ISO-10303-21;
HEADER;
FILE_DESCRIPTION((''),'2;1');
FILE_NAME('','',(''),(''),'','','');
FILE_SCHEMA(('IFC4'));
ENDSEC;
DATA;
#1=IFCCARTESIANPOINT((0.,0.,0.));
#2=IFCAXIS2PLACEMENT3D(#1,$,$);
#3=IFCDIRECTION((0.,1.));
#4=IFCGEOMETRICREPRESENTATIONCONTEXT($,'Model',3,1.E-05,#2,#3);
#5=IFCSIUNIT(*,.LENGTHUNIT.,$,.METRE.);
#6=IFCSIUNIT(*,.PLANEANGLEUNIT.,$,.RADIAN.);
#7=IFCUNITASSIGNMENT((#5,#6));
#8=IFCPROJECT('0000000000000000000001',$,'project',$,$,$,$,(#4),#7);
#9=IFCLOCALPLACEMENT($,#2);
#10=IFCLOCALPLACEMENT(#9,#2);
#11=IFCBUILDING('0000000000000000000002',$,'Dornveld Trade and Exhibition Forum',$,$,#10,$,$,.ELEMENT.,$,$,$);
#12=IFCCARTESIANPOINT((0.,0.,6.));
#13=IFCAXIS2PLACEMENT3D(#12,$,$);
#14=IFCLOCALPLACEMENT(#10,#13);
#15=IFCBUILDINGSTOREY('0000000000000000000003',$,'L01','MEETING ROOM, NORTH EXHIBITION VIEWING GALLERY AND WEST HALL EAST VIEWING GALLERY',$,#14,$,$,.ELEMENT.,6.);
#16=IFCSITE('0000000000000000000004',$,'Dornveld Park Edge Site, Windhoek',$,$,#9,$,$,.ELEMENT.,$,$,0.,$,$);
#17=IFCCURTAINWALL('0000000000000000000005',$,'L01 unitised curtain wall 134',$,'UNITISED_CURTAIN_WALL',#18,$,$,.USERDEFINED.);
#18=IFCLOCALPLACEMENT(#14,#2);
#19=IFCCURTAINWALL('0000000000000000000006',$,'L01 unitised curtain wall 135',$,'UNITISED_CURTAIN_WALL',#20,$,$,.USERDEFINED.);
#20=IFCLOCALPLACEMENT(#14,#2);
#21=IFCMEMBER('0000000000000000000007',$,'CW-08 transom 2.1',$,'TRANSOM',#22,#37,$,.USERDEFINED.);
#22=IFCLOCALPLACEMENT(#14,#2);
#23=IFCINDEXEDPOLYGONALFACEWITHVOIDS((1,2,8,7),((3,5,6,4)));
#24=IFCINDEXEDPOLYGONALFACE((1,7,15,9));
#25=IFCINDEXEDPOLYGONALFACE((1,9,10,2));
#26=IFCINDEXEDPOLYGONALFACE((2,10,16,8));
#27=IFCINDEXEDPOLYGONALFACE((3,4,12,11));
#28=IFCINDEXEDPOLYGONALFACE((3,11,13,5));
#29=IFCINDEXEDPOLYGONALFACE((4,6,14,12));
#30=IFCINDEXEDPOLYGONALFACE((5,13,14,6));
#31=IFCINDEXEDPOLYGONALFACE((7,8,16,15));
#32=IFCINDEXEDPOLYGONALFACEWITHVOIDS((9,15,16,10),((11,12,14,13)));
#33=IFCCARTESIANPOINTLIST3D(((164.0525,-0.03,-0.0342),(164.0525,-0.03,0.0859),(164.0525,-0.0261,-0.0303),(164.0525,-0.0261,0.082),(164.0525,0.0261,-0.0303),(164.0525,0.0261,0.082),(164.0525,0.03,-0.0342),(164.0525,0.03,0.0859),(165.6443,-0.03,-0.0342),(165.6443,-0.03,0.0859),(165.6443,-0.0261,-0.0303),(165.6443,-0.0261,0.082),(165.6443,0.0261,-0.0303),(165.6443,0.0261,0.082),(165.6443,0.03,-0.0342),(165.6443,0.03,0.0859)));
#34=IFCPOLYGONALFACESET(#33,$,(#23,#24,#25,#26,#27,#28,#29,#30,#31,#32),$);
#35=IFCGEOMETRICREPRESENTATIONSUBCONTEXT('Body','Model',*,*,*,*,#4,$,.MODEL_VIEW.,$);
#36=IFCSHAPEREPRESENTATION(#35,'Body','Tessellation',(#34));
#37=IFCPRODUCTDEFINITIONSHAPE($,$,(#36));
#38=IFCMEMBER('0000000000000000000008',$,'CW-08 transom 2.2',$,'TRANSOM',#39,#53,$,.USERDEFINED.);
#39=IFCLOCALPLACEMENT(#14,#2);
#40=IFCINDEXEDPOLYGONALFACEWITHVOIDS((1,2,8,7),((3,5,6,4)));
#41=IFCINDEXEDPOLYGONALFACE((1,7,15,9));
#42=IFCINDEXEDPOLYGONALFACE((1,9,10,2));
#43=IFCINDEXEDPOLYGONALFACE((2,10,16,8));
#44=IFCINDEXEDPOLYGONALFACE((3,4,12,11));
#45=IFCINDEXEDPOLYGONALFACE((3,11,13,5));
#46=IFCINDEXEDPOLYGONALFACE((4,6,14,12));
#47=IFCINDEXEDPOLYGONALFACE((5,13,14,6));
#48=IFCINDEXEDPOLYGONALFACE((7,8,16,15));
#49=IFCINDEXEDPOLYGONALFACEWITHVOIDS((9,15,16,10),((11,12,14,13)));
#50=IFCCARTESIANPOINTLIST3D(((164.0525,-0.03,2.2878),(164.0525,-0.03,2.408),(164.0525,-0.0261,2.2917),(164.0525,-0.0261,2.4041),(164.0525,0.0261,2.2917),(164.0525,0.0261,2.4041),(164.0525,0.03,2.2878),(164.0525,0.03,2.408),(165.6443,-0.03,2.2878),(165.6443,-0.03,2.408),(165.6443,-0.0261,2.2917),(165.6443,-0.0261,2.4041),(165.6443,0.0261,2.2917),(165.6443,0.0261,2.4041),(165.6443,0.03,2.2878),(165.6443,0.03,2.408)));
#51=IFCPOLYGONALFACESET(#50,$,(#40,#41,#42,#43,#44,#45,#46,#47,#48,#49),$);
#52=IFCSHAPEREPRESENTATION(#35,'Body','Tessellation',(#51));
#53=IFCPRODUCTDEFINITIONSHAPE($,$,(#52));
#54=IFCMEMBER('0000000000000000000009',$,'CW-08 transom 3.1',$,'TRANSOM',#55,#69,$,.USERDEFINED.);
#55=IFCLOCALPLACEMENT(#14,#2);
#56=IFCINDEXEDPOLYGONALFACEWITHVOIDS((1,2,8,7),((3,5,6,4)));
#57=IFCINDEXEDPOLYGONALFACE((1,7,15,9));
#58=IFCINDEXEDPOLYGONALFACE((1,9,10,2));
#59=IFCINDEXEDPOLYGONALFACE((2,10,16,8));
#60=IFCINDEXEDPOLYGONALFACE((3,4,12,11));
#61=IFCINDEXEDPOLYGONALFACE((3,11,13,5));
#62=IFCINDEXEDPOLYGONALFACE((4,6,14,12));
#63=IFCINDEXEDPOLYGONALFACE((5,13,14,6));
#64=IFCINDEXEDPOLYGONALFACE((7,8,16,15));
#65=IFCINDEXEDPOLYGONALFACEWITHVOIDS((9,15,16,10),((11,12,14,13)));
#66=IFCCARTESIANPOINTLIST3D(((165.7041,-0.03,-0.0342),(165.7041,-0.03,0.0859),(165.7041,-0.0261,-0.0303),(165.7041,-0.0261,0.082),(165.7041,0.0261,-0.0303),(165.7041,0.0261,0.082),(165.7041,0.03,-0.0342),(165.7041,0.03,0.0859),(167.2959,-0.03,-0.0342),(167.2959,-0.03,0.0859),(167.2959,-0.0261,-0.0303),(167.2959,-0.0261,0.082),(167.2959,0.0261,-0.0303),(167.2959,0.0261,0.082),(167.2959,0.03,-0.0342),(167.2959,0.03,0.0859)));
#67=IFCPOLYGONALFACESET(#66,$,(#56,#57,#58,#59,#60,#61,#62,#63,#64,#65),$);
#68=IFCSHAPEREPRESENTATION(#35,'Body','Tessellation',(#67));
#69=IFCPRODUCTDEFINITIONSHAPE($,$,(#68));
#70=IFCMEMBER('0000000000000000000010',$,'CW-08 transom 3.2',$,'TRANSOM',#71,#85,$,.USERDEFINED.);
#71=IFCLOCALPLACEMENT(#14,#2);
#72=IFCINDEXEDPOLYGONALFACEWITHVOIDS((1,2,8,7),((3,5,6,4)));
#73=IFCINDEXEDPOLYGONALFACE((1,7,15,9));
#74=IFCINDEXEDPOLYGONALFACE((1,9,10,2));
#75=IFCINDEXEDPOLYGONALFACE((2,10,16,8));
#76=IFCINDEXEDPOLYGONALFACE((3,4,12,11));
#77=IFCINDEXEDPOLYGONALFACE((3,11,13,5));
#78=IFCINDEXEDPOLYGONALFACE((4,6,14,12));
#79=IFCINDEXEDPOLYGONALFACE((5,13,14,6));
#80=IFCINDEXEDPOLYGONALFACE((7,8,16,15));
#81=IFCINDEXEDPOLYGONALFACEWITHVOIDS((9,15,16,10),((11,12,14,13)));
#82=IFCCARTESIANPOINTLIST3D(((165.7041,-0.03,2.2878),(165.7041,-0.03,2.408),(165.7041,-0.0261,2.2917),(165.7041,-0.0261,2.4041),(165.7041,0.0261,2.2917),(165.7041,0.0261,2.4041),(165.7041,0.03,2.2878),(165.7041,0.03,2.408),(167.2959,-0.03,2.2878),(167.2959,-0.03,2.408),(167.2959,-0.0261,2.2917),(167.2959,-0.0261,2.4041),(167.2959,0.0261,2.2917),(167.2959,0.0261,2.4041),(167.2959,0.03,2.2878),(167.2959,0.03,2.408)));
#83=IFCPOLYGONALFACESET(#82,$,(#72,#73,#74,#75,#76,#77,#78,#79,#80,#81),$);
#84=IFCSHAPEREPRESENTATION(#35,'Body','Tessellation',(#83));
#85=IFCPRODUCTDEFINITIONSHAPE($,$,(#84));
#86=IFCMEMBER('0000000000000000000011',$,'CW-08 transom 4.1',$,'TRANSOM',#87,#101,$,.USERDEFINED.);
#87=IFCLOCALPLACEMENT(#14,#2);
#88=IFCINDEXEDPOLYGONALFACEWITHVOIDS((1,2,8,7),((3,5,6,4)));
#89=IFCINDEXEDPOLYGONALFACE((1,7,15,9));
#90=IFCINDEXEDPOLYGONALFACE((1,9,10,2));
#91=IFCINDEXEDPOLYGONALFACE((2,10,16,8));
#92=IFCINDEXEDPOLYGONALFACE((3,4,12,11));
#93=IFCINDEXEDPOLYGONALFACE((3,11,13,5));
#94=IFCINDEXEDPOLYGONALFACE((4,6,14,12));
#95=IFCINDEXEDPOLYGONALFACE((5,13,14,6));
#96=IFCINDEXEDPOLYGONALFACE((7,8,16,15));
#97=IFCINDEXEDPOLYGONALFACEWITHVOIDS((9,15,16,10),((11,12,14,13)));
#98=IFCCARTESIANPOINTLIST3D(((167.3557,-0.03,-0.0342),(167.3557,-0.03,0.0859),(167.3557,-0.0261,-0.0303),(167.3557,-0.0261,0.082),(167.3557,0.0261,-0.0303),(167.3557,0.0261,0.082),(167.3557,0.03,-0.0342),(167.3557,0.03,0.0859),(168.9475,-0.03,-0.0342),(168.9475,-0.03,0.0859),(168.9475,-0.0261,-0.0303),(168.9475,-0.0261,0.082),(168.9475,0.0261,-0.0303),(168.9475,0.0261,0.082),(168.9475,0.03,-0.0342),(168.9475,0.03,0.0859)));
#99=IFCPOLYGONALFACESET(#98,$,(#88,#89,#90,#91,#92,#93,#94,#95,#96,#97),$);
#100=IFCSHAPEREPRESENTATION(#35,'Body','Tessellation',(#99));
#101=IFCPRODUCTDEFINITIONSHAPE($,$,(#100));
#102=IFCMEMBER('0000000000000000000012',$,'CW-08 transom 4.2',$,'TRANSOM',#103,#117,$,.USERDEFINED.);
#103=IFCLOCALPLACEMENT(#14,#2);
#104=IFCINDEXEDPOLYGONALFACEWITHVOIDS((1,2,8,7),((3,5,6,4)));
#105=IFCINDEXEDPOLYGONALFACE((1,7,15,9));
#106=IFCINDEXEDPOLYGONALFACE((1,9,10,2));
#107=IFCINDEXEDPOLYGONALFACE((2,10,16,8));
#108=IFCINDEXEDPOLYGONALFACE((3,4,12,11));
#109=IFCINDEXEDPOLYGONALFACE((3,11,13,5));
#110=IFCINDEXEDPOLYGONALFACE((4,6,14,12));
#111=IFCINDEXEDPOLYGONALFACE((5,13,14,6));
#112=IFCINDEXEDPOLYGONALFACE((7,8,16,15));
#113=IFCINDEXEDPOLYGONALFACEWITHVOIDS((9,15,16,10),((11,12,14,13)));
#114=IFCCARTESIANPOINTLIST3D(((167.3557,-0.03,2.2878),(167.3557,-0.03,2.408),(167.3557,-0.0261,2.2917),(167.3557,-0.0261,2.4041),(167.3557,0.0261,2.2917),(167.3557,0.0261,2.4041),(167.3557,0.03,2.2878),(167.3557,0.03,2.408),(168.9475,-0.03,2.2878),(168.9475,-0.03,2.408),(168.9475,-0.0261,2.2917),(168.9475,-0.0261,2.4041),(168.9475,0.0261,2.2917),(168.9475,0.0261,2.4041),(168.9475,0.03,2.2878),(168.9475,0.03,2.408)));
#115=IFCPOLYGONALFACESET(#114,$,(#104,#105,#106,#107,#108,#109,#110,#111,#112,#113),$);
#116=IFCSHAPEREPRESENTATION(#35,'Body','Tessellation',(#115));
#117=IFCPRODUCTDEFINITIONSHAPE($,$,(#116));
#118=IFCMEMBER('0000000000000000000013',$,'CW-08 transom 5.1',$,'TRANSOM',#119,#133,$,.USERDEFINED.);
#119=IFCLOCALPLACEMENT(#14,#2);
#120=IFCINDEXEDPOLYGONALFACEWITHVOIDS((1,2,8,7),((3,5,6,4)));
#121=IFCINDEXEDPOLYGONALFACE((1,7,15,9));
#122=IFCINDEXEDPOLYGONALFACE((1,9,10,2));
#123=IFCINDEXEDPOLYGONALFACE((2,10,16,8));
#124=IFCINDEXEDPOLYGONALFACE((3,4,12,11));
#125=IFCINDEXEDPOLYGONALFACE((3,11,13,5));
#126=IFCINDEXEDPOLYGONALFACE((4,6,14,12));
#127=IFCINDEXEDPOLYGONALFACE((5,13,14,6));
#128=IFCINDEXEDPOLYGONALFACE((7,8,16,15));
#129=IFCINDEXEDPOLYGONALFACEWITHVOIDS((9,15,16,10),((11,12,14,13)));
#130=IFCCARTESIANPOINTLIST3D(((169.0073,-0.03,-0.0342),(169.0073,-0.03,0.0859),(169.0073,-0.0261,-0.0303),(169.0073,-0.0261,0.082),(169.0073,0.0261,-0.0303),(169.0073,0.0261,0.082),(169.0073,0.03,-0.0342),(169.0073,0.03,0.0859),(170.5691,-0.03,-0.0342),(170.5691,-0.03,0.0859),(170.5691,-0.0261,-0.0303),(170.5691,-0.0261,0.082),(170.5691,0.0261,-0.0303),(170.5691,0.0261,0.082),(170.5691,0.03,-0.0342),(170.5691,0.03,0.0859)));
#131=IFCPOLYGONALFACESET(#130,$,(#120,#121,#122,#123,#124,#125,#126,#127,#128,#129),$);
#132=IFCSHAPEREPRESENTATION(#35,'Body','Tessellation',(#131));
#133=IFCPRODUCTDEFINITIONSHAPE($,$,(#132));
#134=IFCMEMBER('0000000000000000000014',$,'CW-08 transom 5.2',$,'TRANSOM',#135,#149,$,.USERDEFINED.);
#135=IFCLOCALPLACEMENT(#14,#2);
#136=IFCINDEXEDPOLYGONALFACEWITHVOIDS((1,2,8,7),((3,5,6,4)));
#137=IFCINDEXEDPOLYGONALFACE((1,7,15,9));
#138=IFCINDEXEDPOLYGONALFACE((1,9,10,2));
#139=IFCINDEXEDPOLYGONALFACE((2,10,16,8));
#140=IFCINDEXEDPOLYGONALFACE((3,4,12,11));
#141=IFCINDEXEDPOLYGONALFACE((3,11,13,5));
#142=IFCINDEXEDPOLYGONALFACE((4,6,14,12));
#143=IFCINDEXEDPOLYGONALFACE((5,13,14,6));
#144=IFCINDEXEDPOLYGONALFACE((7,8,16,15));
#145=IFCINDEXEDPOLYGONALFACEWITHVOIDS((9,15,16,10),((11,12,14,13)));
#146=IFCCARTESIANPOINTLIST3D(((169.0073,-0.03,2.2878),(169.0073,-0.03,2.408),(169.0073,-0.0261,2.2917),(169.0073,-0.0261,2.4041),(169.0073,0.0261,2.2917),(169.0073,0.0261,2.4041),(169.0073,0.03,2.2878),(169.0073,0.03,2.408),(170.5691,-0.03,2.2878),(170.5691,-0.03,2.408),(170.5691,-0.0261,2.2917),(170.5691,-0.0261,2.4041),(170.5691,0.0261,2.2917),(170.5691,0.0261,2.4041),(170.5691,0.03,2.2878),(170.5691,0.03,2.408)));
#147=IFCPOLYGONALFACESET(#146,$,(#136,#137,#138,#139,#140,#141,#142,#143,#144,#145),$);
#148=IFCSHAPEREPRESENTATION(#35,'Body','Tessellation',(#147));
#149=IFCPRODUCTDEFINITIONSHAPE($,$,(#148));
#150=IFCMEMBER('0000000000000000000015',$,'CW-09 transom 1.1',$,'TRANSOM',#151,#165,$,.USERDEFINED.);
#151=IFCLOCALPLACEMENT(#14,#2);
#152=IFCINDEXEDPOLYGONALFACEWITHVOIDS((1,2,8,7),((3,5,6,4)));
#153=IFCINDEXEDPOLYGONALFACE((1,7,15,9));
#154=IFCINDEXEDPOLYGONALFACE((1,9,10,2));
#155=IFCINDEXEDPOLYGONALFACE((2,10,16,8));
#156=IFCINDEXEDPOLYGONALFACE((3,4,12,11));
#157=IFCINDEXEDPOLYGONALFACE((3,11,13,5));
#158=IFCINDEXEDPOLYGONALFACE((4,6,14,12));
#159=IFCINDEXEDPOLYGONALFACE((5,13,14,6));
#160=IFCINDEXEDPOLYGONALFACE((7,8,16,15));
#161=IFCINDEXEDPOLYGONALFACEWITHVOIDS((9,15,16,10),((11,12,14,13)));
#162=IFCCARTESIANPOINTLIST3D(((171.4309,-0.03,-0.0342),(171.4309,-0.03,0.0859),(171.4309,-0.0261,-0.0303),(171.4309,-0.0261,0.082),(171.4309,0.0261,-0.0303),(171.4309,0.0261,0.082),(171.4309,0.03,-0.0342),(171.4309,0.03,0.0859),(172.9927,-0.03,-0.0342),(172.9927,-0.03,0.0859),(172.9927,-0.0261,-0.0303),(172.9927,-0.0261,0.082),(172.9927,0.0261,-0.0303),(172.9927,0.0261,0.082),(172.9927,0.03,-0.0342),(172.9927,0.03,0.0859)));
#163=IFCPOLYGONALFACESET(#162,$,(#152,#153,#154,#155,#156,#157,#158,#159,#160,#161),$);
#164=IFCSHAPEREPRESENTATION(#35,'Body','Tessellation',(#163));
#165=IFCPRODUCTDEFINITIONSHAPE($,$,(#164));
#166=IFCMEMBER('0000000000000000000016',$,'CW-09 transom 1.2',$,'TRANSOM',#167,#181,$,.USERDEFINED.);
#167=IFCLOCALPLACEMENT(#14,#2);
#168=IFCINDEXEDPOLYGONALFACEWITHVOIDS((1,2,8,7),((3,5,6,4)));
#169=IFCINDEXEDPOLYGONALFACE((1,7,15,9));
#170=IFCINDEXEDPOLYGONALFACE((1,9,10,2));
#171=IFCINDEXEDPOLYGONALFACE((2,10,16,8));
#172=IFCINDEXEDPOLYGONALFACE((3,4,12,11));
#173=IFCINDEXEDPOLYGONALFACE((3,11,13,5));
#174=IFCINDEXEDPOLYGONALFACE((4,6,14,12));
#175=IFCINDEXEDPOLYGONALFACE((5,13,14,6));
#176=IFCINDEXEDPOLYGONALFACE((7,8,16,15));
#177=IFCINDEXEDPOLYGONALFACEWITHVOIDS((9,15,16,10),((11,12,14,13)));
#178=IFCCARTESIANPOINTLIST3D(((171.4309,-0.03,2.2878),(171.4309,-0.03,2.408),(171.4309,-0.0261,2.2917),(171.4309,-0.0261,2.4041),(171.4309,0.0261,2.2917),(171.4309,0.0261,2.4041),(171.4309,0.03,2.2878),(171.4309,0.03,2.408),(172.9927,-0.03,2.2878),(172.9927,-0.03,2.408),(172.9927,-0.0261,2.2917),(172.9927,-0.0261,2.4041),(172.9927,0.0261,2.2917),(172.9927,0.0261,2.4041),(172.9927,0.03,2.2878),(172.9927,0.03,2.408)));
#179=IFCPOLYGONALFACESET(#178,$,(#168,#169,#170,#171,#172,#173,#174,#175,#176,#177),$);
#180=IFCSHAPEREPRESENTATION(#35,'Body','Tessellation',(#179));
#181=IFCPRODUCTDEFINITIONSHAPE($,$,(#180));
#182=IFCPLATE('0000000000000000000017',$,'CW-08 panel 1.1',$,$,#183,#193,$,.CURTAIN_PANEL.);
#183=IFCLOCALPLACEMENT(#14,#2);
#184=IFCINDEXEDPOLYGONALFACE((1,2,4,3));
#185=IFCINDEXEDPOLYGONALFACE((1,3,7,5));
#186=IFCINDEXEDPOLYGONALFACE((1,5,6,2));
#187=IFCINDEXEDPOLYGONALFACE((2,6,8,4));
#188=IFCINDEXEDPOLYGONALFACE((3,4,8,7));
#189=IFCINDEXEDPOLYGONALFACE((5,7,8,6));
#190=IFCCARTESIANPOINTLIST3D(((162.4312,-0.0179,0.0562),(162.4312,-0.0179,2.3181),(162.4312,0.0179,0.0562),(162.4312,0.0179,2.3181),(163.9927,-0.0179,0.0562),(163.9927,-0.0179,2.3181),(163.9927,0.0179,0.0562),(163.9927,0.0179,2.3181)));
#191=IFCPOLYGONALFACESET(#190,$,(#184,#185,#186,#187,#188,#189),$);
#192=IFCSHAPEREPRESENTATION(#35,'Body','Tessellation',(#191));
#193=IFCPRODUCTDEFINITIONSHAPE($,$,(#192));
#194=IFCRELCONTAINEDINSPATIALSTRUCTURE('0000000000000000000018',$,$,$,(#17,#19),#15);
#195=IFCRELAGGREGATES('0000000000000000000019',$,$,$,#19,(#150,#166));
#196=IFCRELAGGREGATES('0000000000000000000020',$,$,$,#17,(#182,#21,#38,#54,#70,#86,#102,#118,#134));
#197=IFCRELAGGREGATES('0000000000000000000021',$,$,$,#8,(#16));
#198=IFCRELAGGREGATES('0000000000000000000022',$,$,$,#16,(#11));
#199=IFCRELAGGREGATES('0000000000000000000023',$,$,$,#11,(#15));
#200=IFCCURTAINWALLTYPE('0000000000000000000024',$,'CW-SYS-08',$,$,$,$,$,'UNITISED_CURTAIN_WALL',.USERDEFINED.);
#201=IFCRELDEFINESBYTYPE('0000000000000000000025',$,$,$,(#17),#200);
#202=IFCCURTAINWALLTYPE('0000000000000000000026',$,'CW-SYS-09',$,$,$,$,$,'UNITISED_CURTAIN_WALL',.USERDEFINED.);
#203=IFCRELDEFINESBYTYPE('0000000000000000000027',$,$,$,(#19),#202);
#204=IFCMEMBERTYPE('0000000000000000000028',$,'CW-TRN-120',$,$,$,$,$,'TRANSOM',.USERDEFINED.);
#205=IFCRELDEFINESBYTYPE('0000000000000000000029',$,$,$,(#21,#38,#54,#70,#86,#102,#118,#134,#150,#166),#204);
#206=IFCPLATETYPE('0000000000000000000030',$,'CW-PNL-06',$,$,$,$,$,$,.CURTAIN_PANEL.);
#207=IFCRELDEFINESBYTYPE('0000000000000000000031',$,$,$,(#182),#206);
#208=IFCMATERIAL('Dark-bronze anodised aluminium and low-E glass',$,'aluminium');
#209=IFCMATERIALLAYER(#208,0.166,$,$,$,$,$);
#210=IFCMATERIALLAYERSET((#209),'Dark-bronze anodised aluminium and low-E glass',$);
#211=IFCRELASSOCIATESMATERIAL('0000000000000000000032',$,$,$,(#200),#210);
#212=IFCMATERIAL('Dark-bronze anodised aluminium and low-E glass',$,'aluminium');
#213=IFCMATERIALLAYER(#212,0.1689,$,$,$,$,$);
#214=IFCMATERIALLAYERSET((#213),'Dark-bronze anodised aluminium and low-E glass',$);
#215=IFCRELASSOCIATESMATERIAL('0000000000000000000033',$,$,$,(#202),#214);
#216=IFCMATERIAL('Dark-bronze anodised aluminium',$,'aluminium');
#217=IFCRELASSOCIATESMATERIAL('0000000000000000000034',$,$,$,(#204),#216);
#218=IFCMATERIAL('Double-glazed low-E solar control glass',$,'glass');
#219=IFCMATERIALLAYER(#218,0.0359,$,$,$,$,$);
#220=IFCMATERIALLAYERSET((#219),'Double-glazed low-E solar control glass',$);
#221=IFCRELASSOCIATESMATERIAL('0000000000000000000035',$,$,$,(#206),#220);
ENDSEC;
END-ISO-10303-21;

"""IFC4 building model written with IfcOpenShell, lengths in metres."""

from ifc_helpers import new_model, si_unit, direction, frame, origin, origin_2d, place, context, subcontext, project, spatial, rectangle, hollow_rectangle, extrude, material, layer, layer_set, material_profile, profile_set, type_object, element, aggregate, save


model = new_model("IFC4")

# Units and contexts
model_context = context("Model", 3, precision=1e-05, world=origin(), true_north=direction((0.0, 1.0)))
body_context = subcontext(model_context, "Body", "Model", "MODEL_VIEW")
ifc_project = project(units=[si_unit("LENGTHUNIT", "METRE"), si_unit("PLANEANGLEUNIT", "RADIAN")], contexts=[model_context])

# Site, building, storey
site_placement = place(None, origin())
site = spatial("IfcSite", under=ifc_project, at=site_placement, Name="Dornveld Park Edge Site, Windhoek", CompositionType="ELEMENT", RefElevation=0.0)
building_placement = place(site_placement, origin())
building = spatial("IfcBuilding", under=site, at=building_placement, Name="Dornveld Trade and Exhibition Forum", CompositionType="ELEMENT")
storey_placement = place(building_placement, frame((0.0, 0.0, 6.0)))
storey = spatial("IfcBuildingStorey", under=building, at=storey_placement, Name="L01", Description="MEETING ROOM, NORTH EXHIBITION VIEWING GALLERY AND WEST HALL EAST VIEWING GALLERY", CompositionType="ELEMENT", Elevation=6.0)

# Curtain wall
ifc_material_1 = material(Name="Dark-bronze anodised aluminium and low-E glass", Category="aluminium")
ifc_layer_1 = layer(ifc_material_1, 0.166)
ifc_layer_set_1 = layer_set([ifc_layer_1], Name="Dark-bronze anodised aluminium and low-E glass")
curtain_wall_type_1 = type_object("IfcCurtainWallType", Name="CW-SYS-08", ElementType="UNITISED_CURTAIN_WALL", PredefinedType="USERDEFINED", material=ifc_layer_set_1)
curtain_wall_1_placement = place(storey_placement, origin())
curtain_wall_1 = element("IfcCurtainWall", 1, at=curtain_wall_1_placement, inside=storey, type_object=curtain_wall_type_1, Name="L01 unitised curtain wall 134", ObjectType="UNITISED_CURTAIN_WALL", PredefinedType="USERDEFINED")

# Curtain wall
ifc_material_2 = material(Name="Dark-bronze anodised aluminium and low-E glass", Category="aluminium")
ifc_layer_2 = layer(ifc_material_2, 0.1689)
ifc_layer_set_2 = layer_set([ifc_layer_2], Name="Dark-bronze anodised aluminium and low-E glass")
curtain_wall_type_2 = type_object("IfcCurtainWallType", Name="CW-SYS-09", ElementType="UNITISED_CURTAIN_WALL", PredefinedType="USERDEFINED", material=ifc_layer_set_2)
curtain_wall_2_placement = place(storey_placement, origin())
curtain_wall_2 = element("IfcCurtainWall", 2, at=curtain_wall_2_placement, inside=storey, type_object=curtain_wall_type_2, Name="L01 unitised curtain wall 135", ObjectType="UNITISED_CURTAIN_WALL", PredefinedType="USERDEFINED")

# Members
ifc_material_3 = material(Name="Dark-bronze anodised aluminium", Category="aluminium")
ifc_material_profile_1 = material_profile(ifc_material_3, hollow_rectangle(XDim=0.0601, YDim=0.1201, WallThickness=0.0039, at=origin_2d()), Name="RHS 120x60x4")
ifc_profile_set_1 = profile_set([ifc_material_profile_1], Name="Dark-bronze anodised aluminium")
member_type_1 = type_object("IfcMemberType", Name="CW-TRN-120", ElementType="TRANSOM", PredefinedType="USERDEFINED", material=ifc_profile_set_1)
member_1_placement = place(storey_placement, frame((164.0525, 0.0, 0.0259), z_axis=(1.0, 0.0, 0.0), x_axis=(0.0, 1.0, 0.0)))
member_1 = element("IfcMember", 3, at=member_1_placement, type_object=member_type_1, Name="CW-08 transom 2.1", ObjectType="TRANSOM", PredefinedType="USERDEFINED", context=body_context, shape_type="SweptSolid", body=[
    extrude(hollow_rectangle(XDim=0.0601, YDim=0.1201, WallThickness=0.0039, at=origin_2d()), origin(), (0.0, 0.0, 1.0), 1.5918),
])
member_2_placement = place(storey_placement, frame((164.0525, 0.0, 2.3479), z_axis=(1.0, 0.0, 0.0), x_axis=(0.0, 1.0, 0.0)))
member_2 = element("IfcMember", 4, at=member_2_placement, type_object=member_type_1, Name="CW-08 transom 2.2", ObjectType="TRANSOM", PredefinedType="USERDEFINED", context=body_context, shape_type="SweptSolid", body=[
    extrude(hollow_rectangle(XDim=0.0601, YDim=0.1201, WallThickness=0.0039, at=origin_2d()), origin(), (0.0, 0.0, 1.0), 1.5918),
])
member_3_placement = place(storey_placement, frame((165.7041, 0.0, 0.0259), z_axis=(1.0, 0.0, 0.0), x_axis=(0.0, 1.0, 0.0)))
member_3 = element("IfcMember", 5, at=member_3_placement, type_object=member_type_1, Name="CW-08 transom 3.1", ObjectType="TRANSOM", PredefinedType="USERDEFINED", context=body_context, shape_type="SweptSolid", body=[
    extrude(hollow_rectangle(XDim=0.0601, YDim=0.1201, WallThickness=0.0039, at=origin_2d()), origin(), (0.0, 0.0, 1.0), 1.5918),
])
member_4_placement = place(storey_placement, frame((165.7041, 0.0, 2.3479), z_axis=(1.0, 0.0, 0.0), x_axis=(0.0, 1.0, 0.0)))
member_4 = element("IfcMember", 6, at=member_4_placement, type_object=member_type_1, Name="CW-08 transom 3.2", ObjectType="TRANSOM", PredefinedType="USERDEFINED", context=body_context, shape_type="SweptSolid", body=[
    extrude(hollow_rectangle(XDim=0.0601, YDim=0.1201, WallThickness=0.0039, at=origin_2d()), origin(), (0.0, 0.0, 1.0), 1.5918),
])
member_5_placement = place(storey_placement, frame((167.3557, 0.0, 0.0259), z_axis=(1.0, 0.0, 0.0), x_axis=(0.0, 1.0, 0.0)))
member_5 = element("IfcMember", 7, at=member_5_placement, type_object=member_type_1, Name="CW-08 transom 4.1", ObjectType="TRANSOM", PredefinedType="USERDEFINED", context=body_context, shape_type="SweptSolid", body=[
    extrude(hollow_rectangle(XDim=0.0601, YDim=0.1201, WallThickness=0.0039, at=origin_2d()), origin(), (0.0, 0.0, 1.0), 1.5918),
])
member_6_placement = place(storey_placement, frame((167.3557, 0.0, 2.3479), z_axis=(1.0, 0.0, 0.0), x_axis=(0.0, 1.0, 0.0)))
member_6 = element("IfcMember", 8, at=member_6_placement, type_object=member_type_1, Name="CW-08 transom 4.2", ObjectType="TRANSOM", PredefinedType="USERDEFINED", context=body_context, shape_type="SweptSolid", body=[
    extrude(hollow_rectangle(XDim=0.0601, YDim=0.1201, WallThickness=0.0039, at=origin_2d()), origin(), (0.0, 0.0, 1.0), 1.5918),
])
member_7_placement = place(storey_placement, frame((169.0073, 0.0, 0.0259), z_axis=(1.0, 0.0, 0.0), x_axis=(0.0, 1.0, 0.0)))
member_7 = element("IfcMember", 9, at=member_7_placement, type_object=member_type_1, Name="CW-08 transom 5.1", ObjectType="TRANSOM", PredefinedType="USERDEFINED", context=body_context, shape_type="SweptSolid", body=[
    extrude(hollow_rectangle(XDim=0.0601, YDim=0.1201, WallThickness=0.0039, at=origin_2d()), origin(), (0.0, 0.0, 1.0), 1.5618),
])
member_8_placement = place(storey_placement, frame((169.0073, 0.0, 2.3479), z_axis=(1.0, 0.0, 0.0), x_axis=(0.0, 1.0, 0.0)))
member_8 = element("IfcMember", 10, at=member_8_placement, type_object=member_type_1, Name="CW-08 transom 5.2", ObjectType="TRANSOM", PredefinedType="USERDEFINED", context=body_context, shape_type="SweptSolid", body=[
    extrude(hollow_rectangle(XDim=0.0601, YDim=0.1201, WallThickness=0.0039, at=origin_2d()), origin(), (0.0, 0.0, 1.0), 1.5618),
])
member_9_placement = place(storey_placement, frame((171.4309, 0.0, 0.0259), z_axis=(1.0, 0.0, 0.0), x_axis=(0.0, 1.0, 0.0)))
member_9 = element("IfcMember", 11, at=member_9_placement, type_object=member_type_1, Name="CW-09 transom 1.1", ObjectType="TRANSOM", PredefinedType="USERDEFINED", context=body_context, shape_type="SweptSolid", body=[
    extrude(hollow_rectangle(XDim=0.0601, YDim=0.1201, WallThickness=0.0039, at=origin_2d()), origin(), (0.0, 0.0, 1.0), 1.5618),
])
member_10_placement = place(storey_placement, frame((171.4309, 0.0, 2.3479), z_axis=(1.0, 0.0, 0.0), x_axis=(0.0, 1.0, 0.0)))
member_10 = element("IfcMember", 12, at=member_10_placement, type_object=member_type_1, Name="CW-09 transom 1.2", ObjectType="TRANSOM", PredefinedType="USERDEFINED", context=body_context, shape_type="SweptSolid", body=[
    extrude(hollow_rectangle(XDim=0.0601, YDim=0.1201, WallThickness=0.0039, at=origin_2d()), origin(), (0.0, 0.0, 1.0), 1.5618),
])
aggregate(curtain_wall_2, [member_9, member_10])

# Plate
ifc_material_4 = material(Name="Double-glazed low-E solar control glass", Category="glass")
ifc_layer_3 = layer(ifc_material_4, 0.0359)
ifc_layer_set_3 = layer_set([ifc_layer_3], Name="Double-glazed low-E solar control glass")
plate_type = type_object("IfcPlateType", Name="CW-PNL-06", PredefinedType="CURTAIN_PANEL", material=ifc_layer_set_3)
plate_1_placement = place(storey_placement, frame((163.2119, 0.0, 0.0562), z_axis=(0.0, 0.0, 1.0), x_axis=(1.0, 0.0, 0.0)))
plate_1 = element("IfcPlate", 13, at=plate_1_placement, type_object=plate_type, Name="CW-08 panel 1.1", PredefinedType="CURTAIN_PANEL", context=body_context, shape_type="SweptSolid", body=[
    extrude(rectangle(XDim=1.5615, YDim=0.0359, at=origin_2d()), origin(), (0.0, 0.0, 1.0), 2.262),
])
aggregate(curtain_wall_1, [plate_1, member_1, member_2, member_3, member_4, member_5, member_6, member_7, member_8])

save(model, "model.ifc")
